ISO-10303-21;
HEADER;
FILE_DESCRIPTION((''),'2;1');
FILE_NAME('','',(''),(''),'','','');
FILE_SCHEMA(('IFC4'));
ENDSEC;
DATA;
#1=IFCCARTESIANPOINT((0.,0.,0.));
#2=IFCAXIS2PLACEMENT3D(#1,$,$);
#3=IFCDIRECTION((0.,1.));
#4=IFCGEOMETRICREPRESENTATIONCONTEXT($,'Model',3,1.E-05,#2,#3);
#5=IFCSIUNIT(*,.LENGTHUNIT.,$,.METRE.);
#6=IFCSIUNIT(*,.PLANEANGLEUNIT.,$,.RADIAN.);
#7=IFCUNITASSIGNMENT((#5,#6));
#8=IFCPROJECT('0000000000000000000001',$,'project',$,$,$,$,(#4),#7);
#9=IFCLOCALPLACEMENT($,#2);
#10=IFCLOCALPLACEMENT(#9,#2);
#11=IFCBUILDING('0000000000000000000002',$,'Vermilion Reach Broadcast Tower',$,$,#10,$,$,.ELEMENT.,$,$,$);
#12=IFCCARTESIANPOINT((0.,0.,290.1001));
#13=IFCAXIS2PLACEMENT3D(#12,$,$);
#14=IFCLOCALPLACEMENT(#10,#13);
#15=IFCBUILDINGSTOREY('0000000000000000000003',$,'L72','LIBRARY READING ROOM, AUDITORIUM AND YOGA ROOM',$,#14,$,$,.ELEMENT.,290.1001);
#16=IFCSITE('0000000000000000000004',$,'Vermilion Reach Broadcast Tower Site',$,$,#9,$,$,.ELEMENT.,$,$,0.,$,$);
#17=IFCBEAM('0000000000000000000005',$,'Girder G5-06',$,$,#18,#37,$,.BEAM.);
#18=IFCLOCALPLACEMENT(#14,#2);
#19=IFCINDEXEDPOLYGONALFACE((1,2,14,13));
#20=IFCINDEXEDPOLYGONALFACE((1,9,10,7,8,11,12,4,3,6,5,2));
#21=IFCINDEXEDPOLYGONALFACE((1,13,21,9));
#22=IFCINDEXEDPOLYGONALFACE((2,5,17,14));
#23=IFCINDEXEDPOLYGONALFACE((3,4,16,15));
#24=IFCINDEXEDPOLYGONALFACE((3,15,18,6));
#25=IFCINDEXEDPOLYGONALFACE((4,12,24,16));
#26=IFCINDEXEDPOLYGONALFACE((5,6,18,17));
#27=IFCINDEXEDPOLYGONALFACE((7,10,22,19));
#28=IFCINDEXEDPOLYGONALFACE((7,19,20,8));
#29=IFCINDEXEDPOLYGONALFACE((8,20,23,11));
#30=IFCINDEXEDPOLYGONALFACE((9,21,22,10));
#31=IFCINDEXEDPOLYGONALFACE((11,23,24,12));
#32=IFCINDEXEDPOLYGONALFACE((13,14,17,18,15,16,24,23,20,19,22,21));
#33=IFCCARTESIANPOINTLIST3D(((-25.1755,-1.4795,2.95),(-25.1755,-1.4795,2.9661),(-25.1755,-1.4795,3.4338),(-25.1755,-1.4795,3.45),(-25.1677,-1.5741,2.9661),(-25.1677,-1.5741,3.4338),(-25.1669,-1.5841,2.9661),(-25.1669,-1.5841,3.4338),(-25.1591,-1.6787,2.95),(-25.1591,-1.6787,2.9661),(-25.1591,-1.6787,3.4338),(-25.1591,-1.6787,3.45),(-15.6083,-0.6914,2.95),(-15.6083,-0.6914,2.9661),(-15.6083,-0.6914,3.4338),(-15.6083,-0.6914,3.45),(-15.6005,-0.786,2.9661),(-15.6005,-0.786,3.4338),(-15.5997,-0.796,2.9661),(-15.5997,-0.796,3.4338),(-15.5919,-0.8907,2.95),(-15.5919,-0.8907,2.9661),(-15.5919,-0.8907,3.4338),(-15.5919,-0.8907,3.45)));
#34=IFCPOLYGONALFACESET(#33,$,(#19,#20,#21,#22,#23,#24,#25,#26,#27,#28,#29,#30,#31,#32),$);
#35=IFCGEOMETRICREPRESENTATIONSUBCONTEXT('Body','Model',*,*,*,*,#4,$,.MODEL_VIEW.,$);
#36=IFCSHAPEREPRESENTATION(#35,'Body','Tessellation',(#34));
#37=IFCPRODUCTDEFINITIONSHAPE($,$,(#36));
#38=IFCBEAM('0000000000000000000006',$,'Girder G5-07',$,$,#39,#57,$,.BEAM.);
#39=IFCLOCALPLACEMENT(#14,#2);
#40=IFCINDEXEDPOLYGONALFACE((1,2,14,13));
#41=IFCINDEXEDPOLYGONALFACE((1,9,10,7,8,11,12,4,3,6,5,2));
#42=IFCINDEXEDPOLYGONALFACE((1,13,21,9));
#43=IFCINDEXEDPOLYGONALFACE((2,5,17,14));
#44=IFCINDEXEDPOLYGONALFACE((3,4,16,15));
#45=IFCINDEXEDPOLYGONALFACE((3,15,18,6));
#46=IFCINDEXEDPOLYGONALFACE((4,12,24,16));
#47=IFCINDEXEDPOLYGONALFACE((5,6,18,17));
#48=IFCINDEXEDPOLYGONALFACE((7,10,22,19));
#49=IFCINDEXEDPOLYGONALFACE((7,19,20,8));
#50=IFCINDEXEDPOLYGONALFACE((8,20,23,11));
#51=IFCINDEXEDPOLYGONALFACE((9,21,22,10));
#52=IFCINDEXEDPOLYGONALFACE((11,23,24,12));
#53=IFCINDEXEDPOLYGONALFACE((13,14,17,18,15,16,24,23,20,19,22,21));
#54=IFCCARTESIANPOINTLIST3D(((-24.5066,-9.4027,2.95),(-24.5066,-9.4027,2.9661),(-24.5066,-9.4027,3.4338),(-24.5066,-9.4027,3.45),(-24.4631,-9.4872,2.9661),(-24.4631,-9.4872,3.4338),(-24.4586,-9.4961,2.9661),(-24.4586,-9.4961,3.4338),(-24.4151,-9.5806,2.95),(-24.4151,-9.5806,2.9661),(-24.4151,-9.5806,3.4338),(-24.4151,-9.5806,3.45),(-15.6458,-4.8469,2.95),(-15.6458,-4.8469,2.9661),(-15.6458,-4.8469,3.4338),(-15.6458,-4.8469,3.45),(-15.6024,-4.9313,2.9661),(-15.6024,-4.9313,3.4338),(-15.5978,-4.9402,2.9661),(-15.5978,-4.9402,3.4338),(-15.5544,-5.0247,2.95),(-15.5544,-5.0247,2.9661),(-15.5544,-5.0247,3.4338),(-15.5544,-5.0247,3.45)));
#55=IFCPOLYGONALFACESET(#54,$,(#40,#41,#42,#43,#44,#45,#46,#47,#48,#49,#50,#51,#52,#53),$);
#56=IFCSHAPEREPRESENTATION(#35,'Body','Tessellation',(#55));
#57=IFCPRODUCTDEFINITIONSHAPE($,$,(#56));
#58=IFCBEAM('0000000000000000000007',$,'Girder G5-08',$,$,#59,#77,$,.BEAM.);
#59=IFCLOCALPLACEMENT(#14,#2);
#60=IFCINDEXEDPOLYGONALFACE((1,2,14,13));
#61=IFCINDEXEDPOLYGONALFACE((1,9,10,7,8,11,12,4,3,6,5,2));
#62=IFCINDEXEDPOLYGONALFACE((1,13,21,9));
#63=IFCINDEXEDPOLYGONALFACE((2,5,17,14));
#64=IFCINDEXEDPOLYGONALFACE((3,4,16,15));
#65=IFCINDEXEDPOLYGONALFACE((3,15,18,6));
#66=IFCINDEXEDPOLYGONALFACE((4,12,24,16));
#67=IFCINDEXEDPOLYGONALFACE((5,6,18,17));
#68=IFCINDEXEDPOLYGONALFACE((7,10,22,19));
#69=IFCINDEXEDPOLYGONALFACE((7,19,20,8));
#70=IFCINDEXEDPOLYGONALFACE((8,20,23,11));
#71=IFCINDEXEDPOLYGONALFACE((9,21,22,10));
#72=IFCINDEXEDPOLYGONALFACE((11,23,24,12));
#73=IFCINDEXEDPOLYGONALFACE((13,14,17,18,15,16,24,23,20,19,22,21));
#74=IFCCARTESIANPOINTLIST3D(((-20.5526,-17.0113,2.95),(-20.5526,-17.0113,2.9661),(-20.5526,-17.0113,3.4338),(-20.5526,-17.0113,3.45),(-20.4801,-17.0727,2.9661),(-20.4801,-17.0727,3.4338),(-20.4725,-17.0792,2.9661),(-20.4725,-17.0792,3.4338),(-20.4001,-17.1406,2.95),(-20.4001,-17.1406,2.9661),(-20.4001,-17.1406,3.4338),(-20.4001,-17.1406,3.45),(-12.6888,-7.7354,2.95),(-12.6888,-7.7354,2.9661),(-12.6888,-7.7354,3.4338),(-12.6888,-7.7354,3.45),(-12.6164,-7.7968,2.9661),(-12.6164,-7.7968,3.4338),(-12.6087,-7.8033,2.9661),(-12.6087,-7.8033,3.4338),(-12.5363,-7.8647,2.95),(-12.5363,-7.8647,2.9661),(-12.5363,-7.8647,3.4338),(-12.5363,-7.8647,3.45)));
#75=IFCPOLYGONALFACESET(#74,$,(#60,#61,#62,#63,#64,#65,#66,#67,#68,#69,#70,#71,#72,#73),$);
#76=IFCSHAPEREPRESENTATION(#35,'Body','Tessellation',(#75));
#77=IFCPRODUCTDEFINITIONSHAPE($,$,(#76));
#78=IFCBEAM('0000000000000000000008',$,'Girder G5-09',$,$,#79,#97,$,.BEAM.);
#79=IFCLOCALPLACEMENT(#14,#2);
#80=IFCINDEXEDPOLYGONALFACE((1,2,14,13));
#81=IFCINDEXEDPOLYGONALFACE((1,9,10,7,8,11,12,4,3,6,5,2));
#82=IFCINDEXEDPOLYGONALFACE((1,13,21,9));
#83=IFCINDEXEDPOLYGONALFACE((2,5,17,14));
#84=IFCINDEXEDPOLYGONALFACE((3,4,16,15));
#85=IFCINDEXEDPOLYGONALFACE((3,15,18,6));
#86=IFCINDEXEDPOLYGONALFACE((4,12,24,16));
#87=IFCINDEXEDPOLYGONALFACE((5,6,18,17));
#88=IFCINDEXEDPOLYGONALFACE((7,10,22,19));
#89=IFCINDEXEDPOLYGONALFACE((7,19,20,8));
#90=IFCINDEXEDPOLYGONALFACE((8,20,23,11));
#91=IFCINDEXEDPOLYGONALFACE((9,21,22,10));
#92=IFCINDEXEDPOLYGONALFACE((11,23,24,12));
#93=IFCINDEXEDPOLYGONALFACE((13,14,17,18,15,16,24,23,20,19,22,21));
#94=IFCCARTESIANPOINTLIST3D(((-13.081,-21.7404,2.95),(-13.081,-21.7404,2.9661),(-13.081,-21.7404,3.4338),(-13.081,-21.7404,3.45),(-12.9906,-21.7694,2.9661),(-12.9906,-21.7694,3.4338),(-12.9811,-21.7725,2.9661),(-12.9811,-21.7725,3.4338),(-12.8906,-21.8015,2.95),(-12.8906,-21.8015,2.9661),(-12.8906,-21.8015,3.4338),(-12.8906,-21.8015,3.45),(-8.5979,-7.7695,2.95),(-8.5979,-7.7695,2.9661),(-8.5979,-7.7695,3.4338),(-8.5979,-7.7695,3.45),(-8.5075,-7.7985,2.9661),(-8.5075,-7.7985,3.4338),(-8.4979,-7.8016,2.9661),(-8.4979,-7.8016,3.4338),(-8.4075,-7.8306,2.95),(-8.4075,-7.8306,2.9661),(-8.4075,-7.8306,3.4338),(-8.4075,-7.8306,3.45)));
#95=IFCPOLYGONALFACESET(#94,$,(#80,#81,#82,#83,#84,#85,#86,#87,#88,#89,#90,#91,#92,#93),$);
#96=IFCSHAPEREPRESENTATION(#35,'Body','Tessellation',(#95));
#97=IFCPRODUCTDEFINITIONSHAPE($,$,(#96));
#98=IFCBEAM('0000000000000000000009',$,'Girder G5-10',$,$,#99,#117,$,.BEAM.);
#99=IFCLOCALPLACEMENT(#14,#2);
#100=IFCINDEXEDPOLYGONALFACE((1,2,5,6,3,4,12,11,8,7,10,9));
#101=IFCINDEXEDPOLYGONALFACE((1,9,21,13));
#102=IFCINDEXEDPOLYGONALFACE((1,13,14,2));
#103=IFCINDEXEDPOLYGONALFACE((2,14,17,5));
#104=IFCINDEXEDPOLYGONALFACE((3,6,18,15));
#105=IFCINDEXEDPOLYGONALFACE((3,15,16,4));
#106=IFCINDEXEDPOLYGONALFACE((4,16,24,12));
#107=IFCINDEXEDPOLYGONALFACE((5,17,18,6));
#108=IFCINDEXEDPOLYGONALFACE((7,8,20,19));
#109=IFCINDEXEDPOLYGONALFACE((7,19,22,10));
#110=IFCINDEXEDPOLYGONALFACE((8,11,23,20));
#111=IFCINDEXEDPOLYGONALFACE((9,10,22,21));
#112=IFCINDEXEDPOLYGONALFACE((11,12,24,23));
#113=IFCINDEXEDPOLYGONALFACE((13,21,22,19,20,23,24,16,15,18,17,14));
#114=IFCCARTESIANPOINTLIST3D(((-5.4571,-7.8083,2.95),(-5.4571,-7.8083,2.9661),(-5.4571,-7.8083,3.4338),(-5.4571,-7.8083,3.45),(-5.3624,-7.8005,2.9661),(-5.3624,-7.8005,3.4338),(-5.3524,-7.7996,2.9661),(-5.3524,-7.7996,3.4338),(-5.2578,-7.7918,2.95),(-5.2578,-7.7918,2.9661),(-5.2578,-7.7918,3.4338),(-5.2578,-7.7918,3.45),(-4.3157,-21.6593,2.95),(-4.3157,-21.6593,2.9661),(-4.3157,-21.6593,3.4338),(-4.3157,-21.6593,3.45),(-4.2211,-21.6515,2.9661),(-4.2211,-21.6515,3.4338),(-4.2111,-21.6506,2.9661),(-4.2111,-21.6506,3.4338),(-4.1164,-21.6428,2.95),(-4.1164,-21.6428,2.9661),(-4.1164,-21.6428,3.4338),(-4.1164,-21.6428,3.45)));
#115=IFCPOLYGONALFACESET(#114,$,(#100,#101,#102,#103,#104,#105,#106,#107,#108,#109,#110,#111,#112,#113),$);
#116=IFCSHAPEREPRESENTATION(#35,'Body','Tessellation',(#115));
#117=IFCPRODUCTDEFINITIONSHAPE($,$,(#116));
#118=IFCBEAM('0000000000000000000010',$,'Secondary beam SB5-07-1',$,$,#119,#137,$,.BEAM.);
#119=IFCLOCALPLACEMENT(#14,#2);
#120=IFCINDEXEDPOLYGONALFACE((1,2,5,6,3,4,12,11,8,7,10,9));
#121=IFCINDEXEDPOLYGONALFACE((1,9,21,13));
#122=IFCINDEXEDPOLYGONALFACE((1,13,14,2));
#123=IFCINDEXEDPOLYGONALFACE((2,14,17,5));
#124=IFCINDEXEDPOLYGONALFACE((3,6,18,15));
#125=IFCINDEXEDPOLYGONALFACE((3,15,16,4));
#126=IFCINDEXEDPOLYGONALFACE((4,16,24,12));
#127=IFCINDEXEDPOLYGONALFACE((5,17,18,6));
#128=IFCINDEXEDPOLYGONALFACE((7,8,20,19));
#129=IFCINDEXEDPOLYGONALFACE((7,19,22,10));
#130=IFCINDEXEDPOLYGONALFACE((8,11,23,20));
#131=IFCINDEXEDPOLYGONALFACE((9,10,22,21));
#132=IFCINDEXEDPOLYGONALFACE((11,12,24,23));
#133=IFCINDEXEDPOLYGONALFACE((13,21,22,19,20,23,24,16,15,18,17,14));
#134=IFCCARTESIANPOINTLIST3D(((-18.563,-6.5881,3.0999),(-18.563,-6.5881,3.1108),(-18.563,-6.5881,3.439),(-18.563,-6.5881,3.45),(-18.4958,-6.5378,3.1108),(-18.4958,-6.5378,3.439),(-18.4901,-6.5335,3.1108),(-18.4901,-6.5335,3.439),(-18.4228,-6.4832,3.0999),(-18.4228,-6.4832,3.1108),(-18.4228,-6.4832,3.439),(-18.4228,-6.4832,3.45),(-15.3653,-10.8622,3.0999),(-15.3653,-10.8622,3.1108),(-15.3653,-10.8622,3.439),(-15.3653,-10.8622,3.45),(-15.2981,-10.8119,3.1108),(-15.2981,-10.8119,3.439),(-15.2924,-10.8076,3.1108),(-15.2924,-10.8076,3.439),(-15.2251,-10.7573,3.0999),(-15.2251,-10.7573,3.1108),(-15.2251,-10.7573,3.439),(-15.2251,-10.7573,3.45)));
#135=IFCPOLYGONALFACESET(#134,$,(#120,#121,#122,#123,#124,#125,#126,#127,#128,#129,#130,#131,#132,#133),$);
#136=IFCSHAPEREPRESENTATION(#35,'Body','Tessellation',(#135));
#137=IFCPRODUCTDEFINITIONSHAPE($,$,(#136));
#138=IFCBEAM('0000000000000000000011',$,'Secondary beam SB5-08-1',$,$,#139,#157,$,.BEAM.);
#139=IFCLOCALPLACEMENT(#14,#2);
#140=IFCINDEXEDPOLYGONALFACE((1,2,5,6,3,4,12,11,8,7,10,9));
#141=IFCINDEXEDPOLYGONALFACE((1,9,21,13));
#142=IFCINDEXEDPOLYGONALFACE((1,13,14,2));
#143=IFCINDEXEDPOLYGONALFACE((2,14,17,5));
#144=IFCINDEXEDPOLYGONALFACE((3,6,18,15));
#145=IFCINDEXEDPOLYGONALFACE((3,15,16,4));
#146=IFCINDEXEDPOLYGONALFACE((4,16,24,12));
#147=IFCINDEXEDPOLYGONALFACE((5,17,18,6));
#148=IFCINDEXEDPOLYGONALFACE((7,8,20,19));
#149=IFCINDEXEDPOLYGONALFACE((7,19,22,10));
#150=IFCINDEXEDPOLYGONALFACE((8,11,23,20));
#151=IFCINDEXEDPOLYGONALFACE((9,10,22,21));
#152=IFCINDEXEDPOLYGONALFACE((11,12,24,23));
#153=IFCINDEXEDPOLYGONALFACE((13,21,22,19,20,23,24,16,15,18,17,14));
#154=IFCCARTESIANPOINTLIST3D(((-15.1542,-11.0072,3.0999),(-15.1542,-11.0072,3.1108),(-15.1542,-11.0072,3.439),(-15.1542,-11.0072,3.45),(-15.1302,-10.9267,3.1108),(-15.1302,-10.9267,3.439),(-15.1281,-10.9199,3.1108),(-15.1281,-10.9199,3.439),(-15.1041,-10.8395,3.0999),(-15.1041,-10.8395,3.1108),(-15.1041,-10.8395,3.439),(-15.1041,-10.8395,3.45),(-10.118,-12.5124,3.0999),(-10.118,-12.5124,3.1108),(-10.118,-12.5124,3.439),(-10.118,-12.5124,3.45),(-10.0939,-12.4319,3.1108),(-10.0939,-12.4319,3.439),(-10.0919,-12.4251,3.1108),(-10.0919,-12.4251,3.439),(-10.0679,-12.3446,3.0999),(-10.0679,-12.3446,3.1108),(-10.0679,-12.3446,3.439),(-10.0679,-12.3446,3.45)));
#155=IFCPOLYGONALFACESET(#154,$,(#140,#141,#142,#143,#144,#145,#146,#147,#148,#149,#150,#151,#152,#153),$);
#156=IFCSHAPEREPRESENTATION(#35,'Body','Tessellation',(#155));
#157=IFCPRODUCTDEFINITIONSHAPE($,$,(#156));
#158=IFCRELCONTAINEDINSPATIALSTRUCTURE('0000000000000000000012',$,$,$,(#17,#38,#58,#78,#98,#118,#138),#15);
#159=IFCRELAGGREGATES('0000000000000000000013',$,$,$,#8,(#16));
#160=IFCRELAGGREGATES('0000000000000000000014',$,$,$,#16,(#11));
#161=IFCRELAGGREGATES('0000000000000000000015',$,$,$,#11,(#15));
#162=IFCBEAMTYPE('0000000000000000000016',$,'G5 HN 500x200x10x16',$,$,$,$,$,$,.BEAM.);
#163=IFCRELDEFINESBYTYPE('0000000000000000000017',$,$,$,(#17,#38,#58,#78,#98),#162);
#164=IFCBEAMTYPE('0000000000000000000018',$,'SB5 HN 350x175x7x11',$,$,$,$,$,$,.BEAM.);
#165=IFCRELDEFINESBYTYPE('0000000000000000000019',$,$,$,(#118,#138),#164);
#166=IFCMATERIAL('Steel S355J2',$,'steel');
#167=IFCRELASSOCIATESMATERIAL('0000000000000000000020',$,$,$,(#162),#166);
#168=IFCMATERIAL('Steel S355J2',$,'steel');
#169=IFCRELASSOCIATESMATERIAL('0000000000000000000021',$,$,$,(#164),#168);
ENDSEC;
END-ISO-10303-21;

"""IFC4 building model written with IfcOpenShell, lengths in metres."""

from ifc_helpers import new_model, si_unit, direction, frame, origin, origin_2d, place, context, subcontext, project, spatial, i_section, extrude, material, material_profile, profile_set, type_object, element, save


model = new_model("IFC4")

# Units and contexts
model_context = context("Model", 3, precision=1e-05, world=origin(), true_north=direction((0.0, 1.0)))
body_context = subcontext(model_context, "Body", "Model", "MODEL_VIEW")
ifc_project = project(units=[si_unit("LENGTHUNIT", "METRE"), si_unit("PLANEANGLEUNIT", "RADIAN")], contexts=[model_context])

# Site, building, storey
site_placement = place(None, origin())
site = spatial("IfcSite", under=ifc_project, at=site_placement, Name="Vermilion Reach Broadcast Tower Site", CompositionType="ELEMENT", RefElevation=0.0)
building_placement = place(site_placement, origin())
building = spatial("IfcBuilding", under=site, at=building_placement, Name="Vermilion Reach Broadcast Tower", CompositionType="ELEMENT")
storey_placement = place(building_placement, frame((0.0, 0.0, 290.1001)))
storey = spatial("IfcBuildingStorey", under=building, at=storey_placement, Name="L72", Description="LIBRARY READING ROOM, AUDITORIUM AND YOGA ROOM", CompositionType="ELEMENT", Elevation=290.1001)

# Beams
ifc_material_1 = material(Name="Steel S355J2", Category="steel")
ifc_material_profile_1 = material_profile(ifc_material_1, i_section(OverallWidth=0.2, OverallDepth=0.5, WebThickness=0.01, FlangeThickness=0.0161, at=origin_2d()), Name="S355J2 HN 500x200x10x16")
ifc_profile_set_1 = profile_set([ifc_material_profile_1], Name="Steel S355J2")
beam_type_1 = type_object("IfcBeamType", Name="G5 HN 500x200x10x16", PredefinedType="BEAM", material=ifc_profile_set_1)
beam_1_placement = place(storey_placement, frame((-15.6001, -0.791, 3.2), z_axis=(-0.996624, -0.082096, 0.0), x_axis=(0.082096, -0.996624, 0.0)))
element("IfcBeam", 1, at=beam_1_placement, inside=storey, type_object=beam_type_1, Name="Girder G5-06", PredefinedType="BEAM", context=body_context, shape_type="SweptSolid", body=[
    extrude(i_section(OverallWidth=0.2, OverallDepth=0.5, WebThickness=0.01, FlangeThickness=0.0161, at=origin_2d()), origin(), (0.0, 0.0, 1.0), 9.5996),
])
beam_2_placement = place(storey_placement, frame((-15.6001, -4.9358, 3.2), z_axis=(-0.889333, -0.457261, 0.0), x_axis=(0.457261, -0.889333, 0.0)))
element("IfcBeam", 2, at=beam_2_placement, inside=storey, type_object=beam_type_1, Name="Girder G5-07", PredefinedType="BEAM", context=body_context, shape_type="SweptSolid", body=[
    extrude(i_section(OverallWidth=0.2, OverallDepth=0.5, WebThickness=0.01, FlangeThickness=0.0161, at=origin_2d()), origin(), (0.0, 0.0, 1.0), 9.9634),
])
beam_3_placement = place(storey_placement, frame((-12.6125, -7.8, 3.2), z_axis=(-0.646658, -0.76278, 0.0), x_axis=(0.76278, -0.646658, 0.0)))
element("IfcBeam", 3, at=beam_3_placement, inside=storey, type_object=beam_type_1, Name="Girder G5-08", PredefinedType="BEAM", context=body_context, shape_type="SweptSolid", body=[
    extrude(i_section(OverallWidth=0.2, OverallDepth=0.5, WebThickness=0.01, FlangeThickness=0.0161, at=origin_2d()), origin(), (0.0, 0.0, 1.0), 12.1606),
])
beam_4_placement = place(storey_placement, frame((-8.5027, -7.8, 3.2), z_axis=(-0.305545, -0.952178, 0.0), x_axis=(0.952178, -0.305545, 0.0)))
element("IfcBeam", 4, at=beam_4_placement, inside=storey, type_object=beam_type_1, Name="Girder G5-09", PredefinedType="BEAM", context=body_context, shape_type="SweptSolid", body=[
    extrude(i_section(OverallWidth=0.2, OverallDepth=0.5, WebThickness=0.01, FlangeThickness=0.0161, at=origin_2d()), origin(), (0.0, 0.0, 1.0), 14.6726),
])
beam_5_placement = place(storey_placement, frame((-5.3574, -7.8, 3.2), z_axis=(0.082124, -0.996622, 0.0), x_axis=(0.996622, 0.082124, 0.0)))
element("IfcBeam", 5, at=beam_5_placement, inside=storey, type_object=beam_type_1, Name="Girder G5-10", PredefinedType="BEAM", context=body_context, shape_type="SweptSolid", body=[
    extrude(i_section(OverallWidth=0.2, OverallDepth=0.5, WebThickness=0.01, FlangeThickness=0.0161, at=origin_2d()), origin(), (0.0, 0.0, 1.0), 13.8979),
])
ifc_material_2 = material(Name="Steel S355J2", Category="steel")
ifc_material_profile_2 = material_profile(ifc_material_2, i_section(OverallWidth=0.175, OverallDepth=0.3501, WebThickness=0.0071, FlangeThickness=0.011, at=origin_2d()), Name="S355J2 HN 350x175x7x11")
ifc_profile_set_2 = profile_set([ifc_material_profile_2], Name="Steel S355J2")
beam_type_2 = type_object("IfcBeamType", Name="SB5 HN 350x175x7x11", PredefinedType="BEAM", material=ifc_profile_set_2)
beam_6_placement = place(storey_placement, frame((-18.4929, -6.5356, 3.2749), z_axis=(0.599056, -0.800707, 0.0), x_axis=(0.800707, 0.599056, 0.0)))
element("IfcBeam", 6, at=beam_6_placement, inside=storey, type_object=beam_type_2, Name="Secondary beam SB5-07-1", PredefinedType="BEAM", context=body_context, shape_type="SweptSolid", body=[
    extrude(i_section(OverallWidth=0.175, OverallDepth=0.3501, WebThickness=0.0071, FlangeThickness=0.011, at=origin_2d()), origin(), (0.0, 0.0, 1.0), 5.3379),
])
beam_7_placement = place(storey_placement, frame((-15.1292, -10.9233, 3.2749), z_axis=(0.958125, -0.286351, 0.0), x_axis=(0.286351, 0.958125, 0.0)))
element("IfcBeam", 7, at=beam_7_placement, inside=storey, type_object=beam_type_2, Name="Secondary beam SB5-08-1", PredefinedType="BEAM", context=body_context, shape_type="SweptSolid", body=[
    extrude(i_section(OverallWidth=0.175, OverallDepth=0.3501, WebThickness=0.0071, FlangeThickness=0.011, at=origin_2d()), origin(), (0.0, 0.0, 1.0), 5.2563),
])

save(model, "model.ifc")
